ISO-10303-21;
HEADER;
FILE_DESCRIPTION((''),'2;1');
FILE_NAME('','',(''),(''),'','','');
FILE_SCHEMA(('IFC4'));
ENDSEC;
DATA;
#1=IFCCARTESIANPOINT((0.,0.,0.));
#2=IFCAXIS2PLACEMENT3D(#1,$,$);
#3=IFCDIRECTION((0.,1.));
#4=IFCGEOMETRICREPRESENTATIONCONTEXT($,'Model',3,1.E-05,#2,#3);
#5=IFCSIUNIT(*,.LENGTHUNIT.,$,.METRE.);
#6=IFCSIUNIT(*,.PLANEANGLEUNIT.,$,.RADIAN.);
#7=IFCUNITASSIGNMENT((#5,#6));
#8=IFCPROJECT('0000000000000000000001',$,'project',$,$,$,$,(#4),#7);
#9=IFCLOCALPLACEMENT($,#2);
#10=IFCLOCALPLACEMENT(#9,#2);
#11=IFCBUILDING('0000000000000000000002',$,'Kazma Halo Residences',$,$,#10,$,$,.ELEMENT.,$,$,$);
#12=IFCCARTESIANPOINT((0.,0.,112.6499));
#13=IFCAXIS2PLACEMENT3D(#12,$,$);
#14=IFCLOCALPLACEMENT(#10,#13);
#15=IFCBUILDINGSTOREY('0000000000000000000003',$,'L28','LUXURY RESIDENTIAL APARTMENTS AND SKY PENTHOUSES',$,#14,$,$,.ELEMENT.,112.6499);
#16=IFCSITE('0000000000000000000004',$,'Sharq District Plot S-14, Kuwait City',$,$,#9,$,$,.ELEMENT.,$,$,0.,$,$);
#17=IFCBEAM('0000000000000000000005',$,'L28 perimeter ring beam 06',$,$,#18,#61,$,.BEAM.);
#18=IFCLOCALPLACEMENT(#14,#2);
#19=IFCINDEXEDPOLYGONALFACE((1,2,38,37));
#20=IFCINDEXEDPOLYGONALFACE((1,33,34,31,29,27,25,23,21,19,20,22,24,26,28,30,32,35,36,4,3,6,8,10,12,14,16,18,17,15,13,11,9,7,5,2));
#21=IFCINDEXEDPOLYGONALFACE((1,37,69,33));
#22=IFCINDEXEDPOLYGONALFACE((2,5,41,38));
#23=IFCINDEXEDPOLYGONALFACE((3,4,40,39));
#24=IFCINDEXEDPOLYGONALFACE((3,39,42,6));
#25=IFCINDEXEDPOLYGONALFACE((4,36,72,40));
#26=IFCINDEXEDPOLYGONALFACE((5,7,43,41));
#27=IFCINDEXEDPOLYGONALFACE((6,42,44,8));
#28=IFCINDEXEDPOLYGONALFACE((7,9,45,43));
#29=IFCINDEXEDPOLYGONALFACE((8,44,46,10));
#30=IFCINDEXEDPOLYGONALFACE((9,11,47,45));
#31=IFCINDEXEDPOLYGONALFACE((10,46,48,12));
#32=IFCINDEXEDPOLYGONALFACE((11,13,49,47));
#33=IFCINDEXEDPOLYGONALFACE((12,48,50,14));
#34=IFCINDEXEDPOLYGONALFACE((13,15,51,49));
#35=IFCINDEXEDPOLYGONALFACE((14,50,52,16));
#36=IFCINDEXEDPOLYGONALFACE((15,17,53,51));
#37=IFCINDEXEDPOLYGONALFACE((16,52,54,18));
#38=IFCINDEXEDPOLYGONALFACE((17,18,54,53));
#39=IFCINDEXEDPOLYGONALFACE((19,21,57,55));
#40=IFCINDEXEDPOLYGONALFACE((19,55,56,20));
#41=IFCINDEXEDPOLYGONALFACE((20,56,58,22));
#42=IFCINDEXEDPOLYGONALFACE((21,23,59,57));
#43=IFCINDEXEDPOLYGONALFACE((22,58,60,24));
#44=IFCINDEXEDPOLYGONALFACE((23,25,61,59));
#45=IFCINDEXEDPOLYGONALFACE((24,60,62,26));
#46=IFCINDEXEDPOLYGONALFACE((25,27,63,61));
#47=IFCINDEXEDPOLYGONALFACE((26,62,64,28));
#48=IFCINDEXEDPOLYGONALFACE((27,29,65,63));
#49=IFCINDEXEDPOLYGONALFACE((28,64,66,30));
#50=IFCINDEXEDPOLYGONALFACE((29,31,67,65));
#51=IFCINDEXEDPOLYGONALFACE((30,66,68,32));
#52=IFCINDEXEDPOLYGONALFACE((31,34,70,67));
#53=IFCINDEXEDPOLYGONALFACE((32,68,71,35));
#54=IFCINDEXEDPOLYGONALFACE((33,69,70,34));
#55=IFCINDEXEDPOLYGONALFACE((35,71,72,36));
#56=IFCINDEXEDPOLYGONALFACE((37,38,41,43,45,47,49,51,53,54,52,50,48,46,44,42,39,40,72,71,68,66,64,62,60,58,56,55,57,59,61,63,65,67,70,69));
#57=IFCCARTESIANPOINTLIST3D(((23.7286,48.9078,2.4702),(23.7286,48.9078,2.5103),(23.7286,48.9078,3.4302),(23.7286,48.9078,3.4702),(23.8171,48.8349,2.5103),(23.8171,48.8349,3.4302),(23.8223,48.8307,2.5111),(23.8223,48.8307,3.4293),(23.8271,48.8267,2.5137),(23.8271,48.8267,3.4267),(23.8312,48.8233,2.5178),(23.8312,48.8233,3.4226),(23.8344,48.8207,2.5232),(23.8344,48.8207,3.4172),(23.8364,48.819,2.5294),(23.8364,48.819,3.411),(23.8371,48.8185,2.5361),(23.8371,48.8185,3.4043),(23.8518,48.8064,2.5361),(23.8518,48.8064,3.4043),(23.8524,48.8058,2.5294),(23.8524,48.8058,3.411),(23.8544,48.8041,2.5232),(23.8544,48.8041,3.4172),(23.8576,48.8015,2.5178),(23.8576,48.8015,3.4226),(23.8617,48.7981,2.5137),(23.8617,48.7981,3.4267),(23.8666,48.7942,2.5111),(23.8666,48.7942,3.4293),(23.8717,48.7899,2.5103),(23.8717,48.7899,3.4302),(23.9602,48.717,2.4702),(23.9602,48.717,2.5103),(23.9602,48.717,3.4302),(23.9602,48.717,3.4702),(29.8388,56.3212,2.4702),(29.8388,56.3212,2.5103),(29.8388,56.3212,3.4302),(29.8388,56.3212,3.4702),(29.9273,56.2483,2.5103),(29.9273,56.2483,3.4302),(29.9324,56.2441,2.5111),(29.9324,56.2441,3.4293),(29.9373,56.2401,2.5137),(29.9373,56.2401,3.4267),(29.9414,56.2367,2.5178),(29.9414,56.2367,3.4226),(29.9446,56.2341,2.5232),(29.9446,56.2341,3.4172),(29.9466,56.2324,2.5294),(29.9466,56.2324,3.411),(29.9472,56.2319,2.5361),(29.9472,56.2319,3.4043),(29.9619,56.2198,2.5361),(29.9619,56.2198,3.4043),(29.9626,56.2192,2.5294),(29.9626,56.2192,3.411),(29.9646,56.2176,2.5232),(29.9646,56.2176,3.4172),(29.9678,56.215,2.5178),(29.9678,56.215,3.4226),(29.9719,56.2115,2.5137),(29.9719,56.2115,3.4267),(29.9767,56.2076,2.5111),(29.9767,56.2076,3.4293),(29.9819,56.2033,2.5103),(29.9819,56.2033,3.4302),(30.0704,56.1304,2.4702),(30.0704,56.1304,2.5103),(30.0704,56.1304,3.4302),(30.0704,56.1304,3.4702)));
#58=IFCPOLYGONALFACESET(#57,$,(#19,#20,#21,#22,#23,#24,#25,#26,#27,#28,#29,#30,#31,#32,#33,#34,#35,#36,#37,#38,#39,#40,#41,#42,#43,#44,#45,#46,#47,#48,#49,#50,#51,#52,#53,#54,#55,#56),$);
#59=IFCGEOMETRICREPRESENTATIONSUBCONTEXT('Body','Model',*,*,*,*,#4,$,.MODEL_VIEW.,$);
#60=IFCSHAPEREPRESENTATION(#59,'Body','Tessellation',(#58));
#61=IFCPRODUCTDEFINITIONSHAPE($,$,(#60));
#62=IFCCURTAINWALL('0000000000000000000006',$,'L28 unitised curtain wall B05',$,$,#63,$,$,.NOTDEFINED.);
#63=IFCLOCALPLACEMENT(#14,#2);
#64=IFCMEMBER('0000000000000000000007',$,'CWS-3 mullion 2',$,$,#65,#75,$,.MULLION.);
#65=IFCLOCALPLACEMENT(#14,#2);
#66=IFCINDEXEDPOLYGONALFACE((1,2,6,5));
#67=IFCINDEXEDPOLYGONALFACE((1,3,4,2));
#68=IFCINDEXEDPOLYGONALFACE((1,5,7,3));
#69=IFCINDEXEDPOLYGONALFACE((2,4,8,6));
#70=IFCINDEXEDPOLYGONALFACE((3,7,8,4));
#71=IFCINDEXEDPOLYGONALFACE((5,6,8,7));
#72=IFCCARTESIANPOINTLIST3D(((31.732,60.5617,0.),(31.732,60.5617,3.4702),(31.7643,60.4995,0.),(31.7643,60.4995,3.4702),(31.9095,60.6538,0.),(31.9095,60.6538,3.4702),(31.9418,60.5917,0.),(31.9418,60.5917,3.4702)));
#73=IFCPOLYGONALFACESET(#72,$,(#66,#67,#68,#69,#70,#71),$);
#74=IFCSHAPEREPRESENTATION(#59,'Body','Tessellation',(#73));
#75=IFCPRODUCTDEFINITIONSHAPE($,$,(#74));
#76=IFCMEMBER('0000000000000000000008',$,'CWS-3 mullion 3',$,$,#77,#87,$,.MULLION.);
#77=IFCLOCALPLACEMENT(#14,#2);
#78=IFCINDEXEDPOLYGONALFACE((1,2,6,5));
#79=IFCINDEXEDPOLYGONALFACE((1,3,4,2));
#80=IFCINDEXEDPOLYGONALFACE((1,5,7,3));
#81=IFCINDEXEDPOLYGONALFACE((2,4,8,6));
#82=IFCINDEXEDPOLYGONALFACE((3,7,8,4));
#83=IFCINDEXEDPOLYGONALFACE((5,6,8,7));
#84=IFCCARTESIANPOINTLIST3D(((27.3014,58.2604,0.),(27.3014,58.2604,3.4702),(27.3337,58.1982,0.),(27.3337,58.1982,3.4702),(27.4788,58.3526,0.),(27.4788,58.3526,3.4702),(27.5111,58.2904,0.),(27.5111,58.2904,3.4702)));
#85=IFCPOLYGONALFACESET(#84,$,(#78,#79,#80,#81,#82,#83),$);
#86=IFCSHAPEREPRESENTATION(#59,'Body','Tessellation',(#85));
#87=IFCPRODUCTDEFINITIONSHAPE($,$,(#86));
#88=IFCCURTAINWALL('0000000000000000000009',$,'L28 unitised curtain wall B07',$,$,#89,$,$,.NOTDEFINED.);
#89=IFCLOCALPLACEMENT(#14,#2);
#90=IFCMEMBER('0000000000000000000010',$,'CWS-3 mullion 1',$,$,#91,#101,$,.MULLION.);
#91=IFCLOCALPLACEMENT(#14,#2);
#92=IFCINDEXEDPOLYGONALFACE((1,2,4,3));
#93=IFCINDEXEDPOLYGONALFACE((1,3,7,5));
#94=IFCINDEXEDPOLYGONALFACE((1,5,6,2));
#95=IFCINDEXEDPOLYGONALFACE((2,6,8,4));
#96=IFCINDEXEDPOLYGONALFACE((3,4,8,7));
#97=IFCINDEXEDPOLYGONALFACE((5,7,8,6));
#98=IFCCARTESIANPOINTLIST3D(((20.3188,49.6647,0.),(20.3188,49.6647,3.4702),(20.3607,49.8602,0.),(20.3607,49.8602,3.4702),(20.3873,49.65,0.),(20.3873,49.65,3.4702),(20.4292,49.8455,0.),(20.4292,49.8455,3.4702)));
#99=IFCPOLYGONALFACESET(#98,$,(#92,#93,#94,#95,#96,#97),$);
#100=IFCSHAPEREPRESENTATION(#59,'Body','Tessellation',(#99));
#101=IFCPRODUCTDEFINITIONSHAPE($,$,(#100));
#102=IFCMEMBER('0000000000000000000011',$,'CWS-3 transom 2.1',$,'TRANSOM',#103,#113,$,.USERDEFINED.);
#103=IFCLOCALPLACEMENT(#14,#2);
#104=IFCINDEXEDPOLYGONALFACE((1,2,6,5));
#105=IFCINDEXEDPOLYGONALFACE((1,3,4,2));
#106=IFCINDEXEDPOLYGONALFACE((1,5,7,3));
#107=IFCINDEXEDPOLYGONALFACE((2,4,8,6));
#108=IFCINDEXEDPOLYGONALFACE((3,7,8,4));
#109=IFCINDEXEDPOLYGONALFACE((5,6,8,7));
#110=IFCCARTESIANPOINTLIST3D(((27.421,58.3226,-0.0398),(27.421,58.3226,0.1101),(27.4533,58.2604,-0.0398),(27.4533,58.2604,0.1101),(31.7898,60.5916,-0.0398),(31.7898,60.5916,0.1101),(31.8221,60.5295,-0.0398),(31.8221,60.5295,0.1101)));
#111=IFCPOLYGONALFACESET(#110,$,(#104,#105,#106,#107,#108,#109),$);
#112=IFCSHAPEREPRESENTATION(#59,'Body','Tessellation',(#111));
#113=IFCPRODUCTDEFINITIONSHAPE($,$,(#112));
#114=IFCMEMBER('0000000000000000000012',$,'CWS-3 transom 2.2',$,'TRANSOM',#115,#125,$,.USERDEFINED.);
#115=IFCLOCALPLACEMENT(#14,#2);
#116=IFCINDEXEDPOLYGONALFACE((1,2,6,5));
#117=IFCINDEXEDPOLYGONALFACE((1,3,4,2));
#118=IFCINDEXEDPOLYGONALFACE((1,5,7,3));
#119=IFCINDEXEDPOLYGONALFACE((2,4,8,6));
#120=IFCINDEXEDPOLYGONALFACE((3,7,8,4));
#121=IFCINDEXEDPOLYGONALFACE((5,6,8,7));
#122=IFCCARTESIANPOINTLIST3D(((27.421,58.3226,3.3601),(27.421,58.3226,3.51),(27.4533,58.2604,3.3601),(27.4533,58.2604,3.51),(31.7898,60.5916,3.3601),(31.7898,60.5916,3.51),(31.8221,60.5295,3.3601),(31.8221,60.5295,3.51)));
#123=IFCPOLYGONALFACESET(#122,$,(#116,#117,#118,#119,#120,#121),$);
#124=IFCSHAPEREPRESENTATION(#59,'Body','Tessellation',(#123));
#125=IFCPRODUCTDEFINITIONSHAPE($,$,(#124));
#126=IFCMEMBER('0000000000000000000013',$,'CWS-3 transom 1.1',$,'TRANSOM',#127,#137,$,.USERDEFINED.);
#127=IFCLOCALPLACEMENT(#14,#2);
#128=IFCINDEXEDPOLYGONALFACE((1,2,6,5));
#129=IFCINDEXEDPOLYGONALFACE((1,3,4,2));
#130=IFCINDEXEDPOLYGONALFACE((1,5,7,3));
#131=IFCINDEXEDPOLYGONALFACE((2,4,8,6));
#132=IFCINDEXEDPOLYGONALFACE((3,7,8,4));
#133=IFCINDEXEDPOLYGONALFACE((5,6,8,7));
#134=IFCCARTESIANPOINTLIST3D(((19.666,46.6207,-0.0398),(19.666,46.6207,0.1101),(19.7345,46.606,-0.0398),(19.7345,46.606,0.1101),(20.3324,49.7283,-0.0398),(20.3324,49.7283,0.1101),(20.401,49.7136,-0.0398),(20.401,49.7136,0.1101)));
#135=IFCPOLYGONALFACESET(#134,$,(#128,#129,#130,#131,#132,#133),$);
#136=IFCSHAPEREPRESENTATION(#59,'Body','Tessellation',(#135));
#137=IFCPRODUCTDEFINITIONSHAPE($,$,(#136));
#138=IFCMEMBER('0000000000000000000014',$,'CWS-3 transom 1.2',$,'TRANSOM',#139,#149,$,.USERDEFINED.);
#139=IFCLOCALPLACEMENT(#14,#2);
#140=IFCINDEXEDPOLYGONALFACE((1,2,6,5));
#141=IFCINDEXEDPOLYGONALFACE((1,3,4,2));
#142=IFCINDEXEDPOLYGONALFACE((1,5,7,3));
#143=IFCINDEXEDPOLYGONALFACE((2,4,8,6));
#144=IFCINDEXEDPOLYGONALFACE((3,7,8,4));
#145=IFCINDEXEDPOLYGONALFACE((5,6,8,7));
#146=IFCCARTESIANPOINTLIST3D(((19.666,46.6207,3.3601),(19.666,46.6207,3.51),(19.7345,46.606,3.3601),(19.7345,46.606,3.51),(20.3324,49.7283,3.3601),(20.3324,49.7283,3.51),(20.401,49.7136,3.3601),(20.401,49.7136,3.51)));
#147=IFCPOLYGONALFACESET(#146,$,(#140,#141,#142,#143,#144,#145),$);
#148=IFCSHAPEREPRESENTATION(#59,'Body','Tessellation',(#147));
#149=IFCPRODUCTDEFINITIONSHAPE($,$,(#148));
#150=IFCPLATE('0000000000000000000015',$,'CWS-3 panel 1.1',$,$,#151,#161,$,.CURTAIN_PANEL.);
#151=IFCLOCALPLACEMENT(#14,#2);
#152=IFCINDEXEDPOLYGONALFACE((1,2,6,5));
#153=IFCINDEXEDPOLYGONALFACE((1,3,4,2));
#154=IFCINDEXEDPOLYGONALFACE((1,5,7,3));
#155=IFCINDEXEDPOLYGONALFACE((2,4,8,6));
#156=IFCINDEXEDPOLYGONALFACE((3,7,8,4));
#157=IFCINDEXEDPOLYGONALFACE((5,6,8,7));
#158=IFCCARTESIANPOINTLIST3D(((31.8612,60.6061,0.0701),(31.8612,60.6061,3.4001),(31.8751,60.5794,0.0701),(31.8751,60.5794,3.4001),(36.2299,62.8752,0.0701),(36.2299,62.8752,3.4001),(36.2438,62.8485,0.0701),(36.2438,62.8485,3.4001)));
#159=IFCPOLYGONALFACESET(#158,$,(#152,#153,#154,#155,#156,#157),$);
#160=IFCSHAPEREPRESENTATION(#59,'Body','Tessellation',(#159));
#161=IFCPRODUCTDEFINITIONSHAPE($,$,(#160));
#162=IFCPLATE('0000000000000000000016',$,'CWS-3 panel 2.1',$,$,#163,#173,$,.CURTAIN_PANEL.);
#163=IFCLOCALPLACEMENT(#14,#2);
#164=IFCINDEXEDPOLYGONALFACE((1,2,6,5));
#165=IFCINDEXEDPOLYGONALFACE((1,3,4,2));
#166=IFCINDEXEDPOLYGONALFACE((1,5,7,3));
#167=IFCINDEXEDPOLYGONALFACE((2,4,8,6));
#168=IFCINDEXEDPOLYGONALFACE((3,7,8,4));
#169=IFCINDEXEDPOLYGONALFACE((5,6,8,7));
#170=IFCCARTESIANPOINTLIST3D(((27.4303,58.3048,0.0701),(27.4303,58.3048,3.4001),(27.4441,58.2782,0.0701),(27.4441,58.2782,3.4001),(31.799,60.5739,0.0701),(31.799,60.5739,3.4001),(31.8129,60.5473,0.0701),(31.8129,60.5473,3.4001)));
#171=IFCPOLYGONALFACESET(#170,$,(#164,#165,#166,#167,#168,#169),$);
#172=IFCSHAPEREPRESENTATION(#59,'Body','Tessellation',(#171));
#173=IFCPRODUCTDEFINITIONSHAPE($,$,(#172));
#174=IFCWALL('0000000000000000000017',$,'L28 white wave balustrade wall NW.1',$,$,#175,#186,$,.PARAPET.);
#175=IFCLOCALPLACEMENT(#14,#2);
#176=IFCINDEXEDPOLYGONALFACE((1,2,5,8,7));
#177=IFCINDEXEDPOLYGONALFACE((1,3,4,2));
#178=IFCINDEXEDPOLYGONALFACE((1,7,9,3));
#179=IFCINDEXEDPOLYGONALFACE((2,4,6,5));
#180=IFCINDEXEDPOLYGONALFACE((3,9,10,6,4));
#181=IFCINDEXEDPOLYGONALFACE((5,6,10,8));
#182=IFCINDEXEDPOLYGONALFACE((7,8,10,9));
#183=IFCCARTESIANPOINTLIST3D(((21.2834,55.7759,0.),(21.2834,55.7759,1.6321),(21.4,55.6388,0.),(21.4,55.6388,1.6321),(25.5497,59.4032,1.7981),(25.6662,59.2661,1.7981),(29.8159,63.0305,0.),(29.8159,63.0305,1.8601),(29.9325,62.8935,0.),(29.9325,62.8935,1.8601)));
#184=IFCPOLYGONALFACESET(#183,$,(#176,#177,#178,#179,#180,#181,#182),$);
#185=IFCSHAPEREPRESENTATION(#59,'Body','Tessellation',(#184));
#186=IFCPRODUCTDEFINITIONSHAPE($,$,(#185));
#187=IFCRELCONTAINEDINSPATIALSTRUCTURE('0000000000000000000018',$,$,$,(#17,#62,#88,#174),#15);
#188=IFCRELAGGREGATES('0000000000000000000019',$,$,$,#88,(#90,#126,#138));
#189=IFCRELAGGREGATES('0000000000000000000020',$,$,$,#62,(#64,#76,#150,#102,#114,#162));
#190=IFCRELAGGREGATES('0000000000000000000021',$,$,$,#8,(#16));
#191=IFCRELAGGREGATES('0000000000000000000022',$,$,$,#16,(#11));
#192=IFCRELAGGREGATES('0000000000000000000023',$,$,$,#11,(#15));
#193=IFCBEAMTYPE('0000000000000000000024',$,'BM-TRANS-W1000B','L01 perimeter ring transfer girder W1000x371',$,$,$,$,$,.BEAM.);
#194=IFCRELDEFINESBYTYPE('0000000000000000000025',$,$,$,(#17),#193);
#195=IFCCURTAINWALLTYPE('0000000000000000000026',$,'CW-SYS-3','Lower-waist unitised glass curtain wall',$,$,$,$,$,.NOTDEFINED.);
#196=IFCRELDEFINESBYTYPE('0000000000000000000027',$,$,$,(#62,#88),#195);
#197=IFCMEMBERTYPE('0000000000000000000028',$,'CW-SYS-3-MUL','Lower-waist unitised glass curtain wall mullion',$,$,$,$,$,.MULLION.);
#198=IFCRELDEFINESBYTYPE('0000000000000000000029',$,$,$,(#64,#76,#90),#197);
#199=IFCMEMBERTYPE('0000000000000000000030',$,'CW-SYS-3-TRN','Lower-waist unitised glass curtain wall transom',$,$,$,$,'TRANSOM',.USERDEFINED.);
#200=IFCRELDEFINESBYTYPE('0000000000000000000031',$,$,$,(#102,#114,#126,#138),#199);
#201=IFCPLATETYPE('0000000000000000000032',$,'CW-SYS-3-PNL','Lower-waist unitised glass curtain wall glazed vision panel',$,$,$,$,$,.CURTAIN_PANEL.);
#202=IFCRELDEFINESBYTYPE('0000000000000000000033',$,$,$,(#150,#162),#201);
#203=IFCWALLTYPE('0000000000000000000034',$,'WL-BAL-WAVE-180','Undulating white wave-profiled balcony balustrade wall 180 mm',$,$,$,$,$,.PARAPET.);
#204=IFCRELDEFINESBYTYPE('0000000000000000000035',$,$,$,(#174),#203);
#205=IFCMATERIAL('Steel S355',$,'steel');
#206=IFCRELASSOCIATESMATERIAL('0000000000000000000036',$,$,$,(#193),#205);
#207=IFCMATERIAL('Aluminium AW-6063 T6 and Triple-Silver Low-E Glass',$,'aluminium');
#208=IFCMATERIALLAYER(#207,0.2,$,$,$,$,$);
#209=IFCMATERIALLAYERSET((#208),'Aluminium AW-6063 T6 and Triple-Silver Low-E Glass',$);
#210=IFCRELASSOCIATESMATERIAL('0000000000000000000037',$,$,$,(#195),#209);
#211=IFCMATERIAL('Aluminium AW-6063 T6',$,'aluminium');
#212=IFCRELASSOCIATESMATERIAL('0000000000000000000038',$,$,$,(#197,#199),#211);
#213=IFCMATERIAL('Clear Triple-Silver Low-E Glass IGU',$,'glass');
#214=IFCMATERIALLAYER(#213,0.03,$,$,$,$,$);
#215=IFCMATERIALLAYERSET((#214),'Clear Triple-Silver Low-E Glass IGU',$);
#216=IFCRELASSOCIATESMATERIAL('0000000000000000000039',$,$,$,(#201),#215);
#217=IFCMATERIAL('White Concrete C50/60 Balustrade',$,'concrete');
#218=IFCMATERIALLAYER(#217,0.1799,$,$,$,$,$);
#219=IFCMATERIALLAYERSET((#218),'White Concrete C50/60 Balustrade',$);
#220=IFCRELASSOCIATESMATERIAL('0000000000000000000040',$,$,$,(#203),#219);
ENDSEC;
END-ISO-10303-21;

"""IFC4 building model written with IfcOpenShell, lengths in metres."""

from ifc_helpers import new_model, si_unit, direction, frame, origin, origin_2d, place, context, subcontext, project, spatial, polyline, rectangle, i_section, outline, extrude, material, layer, layer_set, material_profile, profile_set, type_object, element, aggregate, save


model = new_model("IFC4")

# Units and contexts
model_context = context("Model", 3, precision=1e-05, world=origin(), true_north=direction((0.0, 1.0)))
body_context = subcontext(model_context, "Body", "Model", "MODEL_VIEW")
ifc_project = project(units=[si_unit("LENGTHUNIT", "METRE"), si_unit("PLANEANGLEUNIT", "RADIAN")], contexts=[model_context])

# Site, building, storey
site_placement = place(None, origin())
site = spatial("IfcSite", under=ifc_project, at=site_placement, Name="Sharq District Plot S-14, Kuwait City", CompositionType="ELEMENT", RefElevation=0.0)
building_placement = place(site_placement, origin())
building = spatial("IfcBuilding", under=site, at=building_placement, Name="Kazma Halo Residences", CompositionType="ELEMENT")
storey_placement = place(building_placement, frame((0.0, 0.0, 112.6499)))
storey = spatial("IfcBuildingStorey", under=building, at=storey_placement, Name="L28", Description="LUXURY RESIDENTIAL APARTMENTS AND SKY PENTHOUSES", CompositionType="ELEMENT", Elevation=112.6499)

# Beam
ifc_material_1 = material(Name="Steel S355", Category="steel")
ifc_material_profile_1 = material_profile(ifc_material_1, i_section(OverallWidth=0.3, OverallDepth=1.0, WebThickness=0.019, FlangeThickness=0.04, FilletRadius=0.0259, at=origin_2d()), Name="W1000x371")
ifc_profile_set_1 = profile_set([ifc_material_profile_1], Name="Steel S355")
beam_type_1 = type_object("IfcBeamType", Name="BM-TRANS-W1000B", Description="L01 perimeter ring transfer girder W1000x371", PredefinedType="BEAM", material=ifc_profile_set_1)
beam_1_placement = place(storey_placement, frame((29.9546, 56.2258, 2.9702), z_axis=(-0.636018, -0.771674, 0.0), x_axis=(0.771674, -0.636018, 0.0)))
element("IfcBeam", 1, at=beam_1_placement, inside=storey, type_object=beam_type_1, Name="L28 perimeter ring beam 06", PredefinedType="BEAM", context=body_context, shape_type="SweptSolid", body=[
    extrude(i_section(OverallWidth=0.3, OverallDepth=1.0, WebThickness=0.019, FlangeThickness=0.04, FilletRadius=0.0259, at=origin_2d()), origin(), (0.0, 0.0, 1.0), 9.6069),
])

# Curtain wall, members
ifc_material_2 = material(Name="Aluminium AW-6063 T6 and Triple-Silver Low-E Glass", Category="aluminium")
ifc_layer_1 = layer(ifc_material_2, 0.2)
ifc_layer_set_1 = layer_set([ifc_layer_1], Name="Aluminium AW-6063 T6 and Triple-Silver Low-E Glass")
curtain_wall_type = type_object("IfcCurtainWallType", Name="CW-SYS-3", Description="Lower-waist unitised glass curtain wall", PredefinedType="NOTDEFINED", material=ifc_layer_set_1)
curtain_wall_1_placement = place(storey_placement, origin())
curtain_wall_1 = element("IfcCurtainWall", 2, at=curtain_wall_1_placement, inside=storey, type_object=curtain_wall_type, Name="L28 unitised curtain wall B05", PredefinedType="NOTDEFINED")
ifc_material_3 = material(Name="Aluminium AW-6063 T6", Category="aluminium")
ifc_material_profile_2 = material_profile(ifc_material_3, rectangle(XDim=0.0701, YDim=0.2, at=origin_2d()), Name="CWM-70x200")
ifc_profile_set_2 = profile_set([ifc_material_profile_2], Name="Aluminium AW-6063 T6")
member_type_1 = type_object("IfcMemberType", Name="CW-SYS-3-MUL", Description="Lower-waist unitised glass curtain wall mullion", PredefinedType="MULLION", material=ifc_profile_set_2)
member_1_placement = place(storey_placement, frame((31.8369, 60.5767, 0.0), z_axis=(0.0, 0.0, 1.0), x_axis=(0.460932, -0.887435, 0.0)))
member_1 = element("IfcMember", 3, at=member_1_placement, type_object=member_type_1, Name="CWS-3 mullion 2", PredefinedType="MULLION", context=body_context, shape_type="SweptSolid", body=[
    extrude(rectangle(XDim=0.0701, YDim=0.2, at=origin_2d()), origin(), (0.0, 0.0, 1.0), 3.4702),
])
member_2_placement = place(storey_placement, frame((27.4062, 58.2754, 0.0), z_axis=(0.0, 0.0, 1.0), x_axis=(0.460932, -0.887435, 0.0)))
member_2 = element("IfcMember", 4, at=member_2_placement, type_object=member_type_1, Name="CWS-3 mullion 3", PredefinedType="MULLION", context=body_context, shape_type="SweptSolid", body=[
    extrude(rectangle(XDim=0.0701, YDim=0.2, at=origin_2d()), origin(), (0.0, 0.0, 1.0), 3.4702),
])

# Curtain wall, member
curtain_wall_2_placement = place(storey_placement, origin())
curtain_wall_2 = element("IfcCurtainWall", 5, at=curtain_wall_2_placement, inside=storey, type_object=curtain_wall_type, Name="L28 unitised curtain wall B07", PredefinedType="NOTDEFINED")
member_3_placement = place(storey_placement, frame((20.374, 49.7551, 0.0), z_axis=(0.0, 0.0, 1.0), x_axis=(0.977774, -0.209661, 0.0)))
member_3 = element("IfcMember", 6, at=member_3_placement, type_object=member_type_1, Name="CWS-3 mullion 1", PredefinedType="MULLION", context=body_context, shape_type="SweptSolid", body=[
    extrude(rectangle(XDim=0.0701, YDim=0.2, at=origin_2d()), origin(), (0.0, 0.0, 1.0), 3.4702),
])

# Members
ifc_material_profile_3 = material_profile(ifc_material_3, rectangle(XDim=0.0701, YDim=0.1499, at=origin_2d()), Name="CWT-70x150")
ifc_profile_set_3 = profile_set([ifc_material_profile_3], Name="Aluminium AW-6063 T6")
member_type_2 = type_object("IfcMemberType", Name="CW-SYS-3-TRN", Description="Lower-waist unitised glass curtain wall transom", ElementType="TRANSOM", PredefinedType="USERDEFINED", material=ifc_profile_set_3)
member_4_placement = place(storey_placement, frame((31.8059, 60.5605, 0.0352), z_axis=(-0.887438, -0.460928, 0.0), x_axis=(0.460928, -0.887438, 0.0)))
member_4 = element("IfcMember", 7, at=member_4_placement, type_object=member_type_2, Name="CWS-3 transom 2.1", ObjectType="TRANSOM", PredefinedType="USERDEFINED", context=body_context, shape_type="SweptSolid", body=[
    extrude(rectangle(XDim=0.0701, YDim=0.1499, at=origin_2d()), origin(), (0.0, 0.0, 1.0), 4.9229),
])
member_5_placement = place(storey_placement, frame((31.8059, 60.5605, 3.4351), z_axis=(-0.887438, -0.460928, 0.0), x_axis=(0.460928, -0.887438, 0.0)))
member_5 = element("IfcMember", 8, at=member_5_placement, type_object=member_type_2, Name="CWS-3 transom 2.2", ObjectType="TRANSOM", PredefinedType="USERDEFINED", context=body_context, shape_type="SweptSolid", body=[
    extrude(rectangle(XDim=0.0701, YDim=0.1499, at=origin_2d()), origin(), (0.0, 0.0, 1.0), 4.9229),
])
member_6_placement = place(storey_placement, frame((20.3667, 49.7209, 0.0352), z_axis=(-0.209702, -0.977765, 0.0), x_axis=(0.977765, -0.209702, 0.0)))
member_6 = element("IfcMember", 9, at=member_6_placement, type_object=member_type_2, Name="CWS-3 transom 1.1", ObjectType="TRANSOM", PredefinedType="USERDEFINED", context=body_context, shape_type="SweptSolid", body=[
    extrude(rectangle(XDim=0.0701, YDim=0.1499, at=origin_2d()), origin(), (0.0, 0.0, 1.0), 3.1782),
])
member_7_placement = place(storey_placement, frame((20.3667, 49.7209, 3.4351), z_axis=(-0.209702, -0.977765, 0.0), x_axis=(0.977765, -0.209702, 0.0)))
member_7 = element("IfcMember", 10, at=member_7_placement, type_object=member_type_2, Name="CWS-3 transom 1.2", ObjectType="TRANSOM", PredefinedType="USERDEFINED", context=body_context, shape_type="SweptSolid", body=[
    extrude(rectangle(XDim=0.0701, YDim=0.1499, at=origin_2d()), origin(), (0.0, 0.0, 1.0), 3.1782),
])
aggregate(curtain_wall_2, [member_3, member_6, member_7])

# Plates
ifc_material_4 = material(Name="Clear Triple-Silver Low-E Glass IGU", Category="glass")
ifc_layer_2 = layer(ifc_material_4, 0.03)
ifc_layer_set_2 = layer_set([ifc_layer_2], Name="Clear Triple-Silver Low-E Glass IGU")
plate_type = type_object("IfcPlateType", Name="CW-SYS-3-PNL", Description="Lower-waist unitised glass curtain wall glazed vision panel", PredefinedType="CURTAIN_PANEL", material=ifc_layer_set_2)
plate_1_placement = place(storey_placement, frame((34.0525, 61.7273, 0.0701), z_axis=(0.0, 0.0, 1.0), x_axis=(-0.887435, -0.460932, 0.0)))
plate_1 = element("IfcPlate", 11, at=plate_1_placement, type_object=plate_type, Name="CWS-3 panel 1.1", PredefinedType="CURTAIN_PANEL", context=body_context, shape_type="SweptSolid", body=[
    extrude(rectangle(XDim=4.9229, YDim=0.03, at=origin_2d()), origin(), (0.0, 0.0, 1.0), 3.3301),
])
plate_2_placement = place(storey_placement, frame((29.6216, 59.426, 0.0701), z_axis=(0.0, 0.0, 1.0), x_axis=(-0.887435, -0.460932, 0.0)))
plate_2 = element("IfcPlate", 12, at=plate_2_placement, type_object=plate_type, Name="CWS-3 panel 2.1", PredefinedType="CURTAIN_PANEL", context=body_context, shape_type="SweptSolid", body=[
    extrude(rectangle(XDim=4.9229, YDim=0.03, at=origin_2d()), origin(), (0.0, 0.0, 1.0), 3.3301),
])
aggregate(curtain_wall_1, [member_1, member_2, plate_1, member_4, member_5, plate_2])

# Wall
ifc_material_5 = material(Name="White Concrete C50/60 Balustrade", Category="concrete")
ifc_layer_3 = layer(ifc_material_5, 0.1799)
ifc_layer_set_3 = layer_set([ifc_layer_3], Name="White Concrete C50/60 Balustrade")
wall_type_1 = type_object("IfcWallType", Name="WL-BAL-WAVE-180", Description="Undulating white wave-profiled balcony balustrade wall 180 mm", PredefinedType="PARAPET", material=ifc_layer_set_3)
wall_1_placement = place(storey_placement, frame((29.8743, 62.9619, 0.0), z_axis=(0.0, 0.0, 1.0), x_axis=(-0.761849, -0.647754, 0.0)))
element("IfcWall", 13, at=wall_1_placement, inside=storey, type_object=wall_type_1, Name="L28 white wave balustrade wall NW.1", PredefinedType="PARAPET", context=body_context, shape_type="SweptSolid", body=[
    extrude(outline(polyline([(0.0, 0.0), (11.1997, 0.0), (11.1997, 1.6321), (5.5999, 1.7981), (0.0, 1.8601), (0.0, 0.0)])), frame((0.0, 0.0898, 0.0), z_axis=(0.0, -1.0, 0.0), x_axis=(1.0, 0.0, 0.0)), (0.0, 0.0, 1.0), 0.1799),
])

save(model, "model.ifc")
